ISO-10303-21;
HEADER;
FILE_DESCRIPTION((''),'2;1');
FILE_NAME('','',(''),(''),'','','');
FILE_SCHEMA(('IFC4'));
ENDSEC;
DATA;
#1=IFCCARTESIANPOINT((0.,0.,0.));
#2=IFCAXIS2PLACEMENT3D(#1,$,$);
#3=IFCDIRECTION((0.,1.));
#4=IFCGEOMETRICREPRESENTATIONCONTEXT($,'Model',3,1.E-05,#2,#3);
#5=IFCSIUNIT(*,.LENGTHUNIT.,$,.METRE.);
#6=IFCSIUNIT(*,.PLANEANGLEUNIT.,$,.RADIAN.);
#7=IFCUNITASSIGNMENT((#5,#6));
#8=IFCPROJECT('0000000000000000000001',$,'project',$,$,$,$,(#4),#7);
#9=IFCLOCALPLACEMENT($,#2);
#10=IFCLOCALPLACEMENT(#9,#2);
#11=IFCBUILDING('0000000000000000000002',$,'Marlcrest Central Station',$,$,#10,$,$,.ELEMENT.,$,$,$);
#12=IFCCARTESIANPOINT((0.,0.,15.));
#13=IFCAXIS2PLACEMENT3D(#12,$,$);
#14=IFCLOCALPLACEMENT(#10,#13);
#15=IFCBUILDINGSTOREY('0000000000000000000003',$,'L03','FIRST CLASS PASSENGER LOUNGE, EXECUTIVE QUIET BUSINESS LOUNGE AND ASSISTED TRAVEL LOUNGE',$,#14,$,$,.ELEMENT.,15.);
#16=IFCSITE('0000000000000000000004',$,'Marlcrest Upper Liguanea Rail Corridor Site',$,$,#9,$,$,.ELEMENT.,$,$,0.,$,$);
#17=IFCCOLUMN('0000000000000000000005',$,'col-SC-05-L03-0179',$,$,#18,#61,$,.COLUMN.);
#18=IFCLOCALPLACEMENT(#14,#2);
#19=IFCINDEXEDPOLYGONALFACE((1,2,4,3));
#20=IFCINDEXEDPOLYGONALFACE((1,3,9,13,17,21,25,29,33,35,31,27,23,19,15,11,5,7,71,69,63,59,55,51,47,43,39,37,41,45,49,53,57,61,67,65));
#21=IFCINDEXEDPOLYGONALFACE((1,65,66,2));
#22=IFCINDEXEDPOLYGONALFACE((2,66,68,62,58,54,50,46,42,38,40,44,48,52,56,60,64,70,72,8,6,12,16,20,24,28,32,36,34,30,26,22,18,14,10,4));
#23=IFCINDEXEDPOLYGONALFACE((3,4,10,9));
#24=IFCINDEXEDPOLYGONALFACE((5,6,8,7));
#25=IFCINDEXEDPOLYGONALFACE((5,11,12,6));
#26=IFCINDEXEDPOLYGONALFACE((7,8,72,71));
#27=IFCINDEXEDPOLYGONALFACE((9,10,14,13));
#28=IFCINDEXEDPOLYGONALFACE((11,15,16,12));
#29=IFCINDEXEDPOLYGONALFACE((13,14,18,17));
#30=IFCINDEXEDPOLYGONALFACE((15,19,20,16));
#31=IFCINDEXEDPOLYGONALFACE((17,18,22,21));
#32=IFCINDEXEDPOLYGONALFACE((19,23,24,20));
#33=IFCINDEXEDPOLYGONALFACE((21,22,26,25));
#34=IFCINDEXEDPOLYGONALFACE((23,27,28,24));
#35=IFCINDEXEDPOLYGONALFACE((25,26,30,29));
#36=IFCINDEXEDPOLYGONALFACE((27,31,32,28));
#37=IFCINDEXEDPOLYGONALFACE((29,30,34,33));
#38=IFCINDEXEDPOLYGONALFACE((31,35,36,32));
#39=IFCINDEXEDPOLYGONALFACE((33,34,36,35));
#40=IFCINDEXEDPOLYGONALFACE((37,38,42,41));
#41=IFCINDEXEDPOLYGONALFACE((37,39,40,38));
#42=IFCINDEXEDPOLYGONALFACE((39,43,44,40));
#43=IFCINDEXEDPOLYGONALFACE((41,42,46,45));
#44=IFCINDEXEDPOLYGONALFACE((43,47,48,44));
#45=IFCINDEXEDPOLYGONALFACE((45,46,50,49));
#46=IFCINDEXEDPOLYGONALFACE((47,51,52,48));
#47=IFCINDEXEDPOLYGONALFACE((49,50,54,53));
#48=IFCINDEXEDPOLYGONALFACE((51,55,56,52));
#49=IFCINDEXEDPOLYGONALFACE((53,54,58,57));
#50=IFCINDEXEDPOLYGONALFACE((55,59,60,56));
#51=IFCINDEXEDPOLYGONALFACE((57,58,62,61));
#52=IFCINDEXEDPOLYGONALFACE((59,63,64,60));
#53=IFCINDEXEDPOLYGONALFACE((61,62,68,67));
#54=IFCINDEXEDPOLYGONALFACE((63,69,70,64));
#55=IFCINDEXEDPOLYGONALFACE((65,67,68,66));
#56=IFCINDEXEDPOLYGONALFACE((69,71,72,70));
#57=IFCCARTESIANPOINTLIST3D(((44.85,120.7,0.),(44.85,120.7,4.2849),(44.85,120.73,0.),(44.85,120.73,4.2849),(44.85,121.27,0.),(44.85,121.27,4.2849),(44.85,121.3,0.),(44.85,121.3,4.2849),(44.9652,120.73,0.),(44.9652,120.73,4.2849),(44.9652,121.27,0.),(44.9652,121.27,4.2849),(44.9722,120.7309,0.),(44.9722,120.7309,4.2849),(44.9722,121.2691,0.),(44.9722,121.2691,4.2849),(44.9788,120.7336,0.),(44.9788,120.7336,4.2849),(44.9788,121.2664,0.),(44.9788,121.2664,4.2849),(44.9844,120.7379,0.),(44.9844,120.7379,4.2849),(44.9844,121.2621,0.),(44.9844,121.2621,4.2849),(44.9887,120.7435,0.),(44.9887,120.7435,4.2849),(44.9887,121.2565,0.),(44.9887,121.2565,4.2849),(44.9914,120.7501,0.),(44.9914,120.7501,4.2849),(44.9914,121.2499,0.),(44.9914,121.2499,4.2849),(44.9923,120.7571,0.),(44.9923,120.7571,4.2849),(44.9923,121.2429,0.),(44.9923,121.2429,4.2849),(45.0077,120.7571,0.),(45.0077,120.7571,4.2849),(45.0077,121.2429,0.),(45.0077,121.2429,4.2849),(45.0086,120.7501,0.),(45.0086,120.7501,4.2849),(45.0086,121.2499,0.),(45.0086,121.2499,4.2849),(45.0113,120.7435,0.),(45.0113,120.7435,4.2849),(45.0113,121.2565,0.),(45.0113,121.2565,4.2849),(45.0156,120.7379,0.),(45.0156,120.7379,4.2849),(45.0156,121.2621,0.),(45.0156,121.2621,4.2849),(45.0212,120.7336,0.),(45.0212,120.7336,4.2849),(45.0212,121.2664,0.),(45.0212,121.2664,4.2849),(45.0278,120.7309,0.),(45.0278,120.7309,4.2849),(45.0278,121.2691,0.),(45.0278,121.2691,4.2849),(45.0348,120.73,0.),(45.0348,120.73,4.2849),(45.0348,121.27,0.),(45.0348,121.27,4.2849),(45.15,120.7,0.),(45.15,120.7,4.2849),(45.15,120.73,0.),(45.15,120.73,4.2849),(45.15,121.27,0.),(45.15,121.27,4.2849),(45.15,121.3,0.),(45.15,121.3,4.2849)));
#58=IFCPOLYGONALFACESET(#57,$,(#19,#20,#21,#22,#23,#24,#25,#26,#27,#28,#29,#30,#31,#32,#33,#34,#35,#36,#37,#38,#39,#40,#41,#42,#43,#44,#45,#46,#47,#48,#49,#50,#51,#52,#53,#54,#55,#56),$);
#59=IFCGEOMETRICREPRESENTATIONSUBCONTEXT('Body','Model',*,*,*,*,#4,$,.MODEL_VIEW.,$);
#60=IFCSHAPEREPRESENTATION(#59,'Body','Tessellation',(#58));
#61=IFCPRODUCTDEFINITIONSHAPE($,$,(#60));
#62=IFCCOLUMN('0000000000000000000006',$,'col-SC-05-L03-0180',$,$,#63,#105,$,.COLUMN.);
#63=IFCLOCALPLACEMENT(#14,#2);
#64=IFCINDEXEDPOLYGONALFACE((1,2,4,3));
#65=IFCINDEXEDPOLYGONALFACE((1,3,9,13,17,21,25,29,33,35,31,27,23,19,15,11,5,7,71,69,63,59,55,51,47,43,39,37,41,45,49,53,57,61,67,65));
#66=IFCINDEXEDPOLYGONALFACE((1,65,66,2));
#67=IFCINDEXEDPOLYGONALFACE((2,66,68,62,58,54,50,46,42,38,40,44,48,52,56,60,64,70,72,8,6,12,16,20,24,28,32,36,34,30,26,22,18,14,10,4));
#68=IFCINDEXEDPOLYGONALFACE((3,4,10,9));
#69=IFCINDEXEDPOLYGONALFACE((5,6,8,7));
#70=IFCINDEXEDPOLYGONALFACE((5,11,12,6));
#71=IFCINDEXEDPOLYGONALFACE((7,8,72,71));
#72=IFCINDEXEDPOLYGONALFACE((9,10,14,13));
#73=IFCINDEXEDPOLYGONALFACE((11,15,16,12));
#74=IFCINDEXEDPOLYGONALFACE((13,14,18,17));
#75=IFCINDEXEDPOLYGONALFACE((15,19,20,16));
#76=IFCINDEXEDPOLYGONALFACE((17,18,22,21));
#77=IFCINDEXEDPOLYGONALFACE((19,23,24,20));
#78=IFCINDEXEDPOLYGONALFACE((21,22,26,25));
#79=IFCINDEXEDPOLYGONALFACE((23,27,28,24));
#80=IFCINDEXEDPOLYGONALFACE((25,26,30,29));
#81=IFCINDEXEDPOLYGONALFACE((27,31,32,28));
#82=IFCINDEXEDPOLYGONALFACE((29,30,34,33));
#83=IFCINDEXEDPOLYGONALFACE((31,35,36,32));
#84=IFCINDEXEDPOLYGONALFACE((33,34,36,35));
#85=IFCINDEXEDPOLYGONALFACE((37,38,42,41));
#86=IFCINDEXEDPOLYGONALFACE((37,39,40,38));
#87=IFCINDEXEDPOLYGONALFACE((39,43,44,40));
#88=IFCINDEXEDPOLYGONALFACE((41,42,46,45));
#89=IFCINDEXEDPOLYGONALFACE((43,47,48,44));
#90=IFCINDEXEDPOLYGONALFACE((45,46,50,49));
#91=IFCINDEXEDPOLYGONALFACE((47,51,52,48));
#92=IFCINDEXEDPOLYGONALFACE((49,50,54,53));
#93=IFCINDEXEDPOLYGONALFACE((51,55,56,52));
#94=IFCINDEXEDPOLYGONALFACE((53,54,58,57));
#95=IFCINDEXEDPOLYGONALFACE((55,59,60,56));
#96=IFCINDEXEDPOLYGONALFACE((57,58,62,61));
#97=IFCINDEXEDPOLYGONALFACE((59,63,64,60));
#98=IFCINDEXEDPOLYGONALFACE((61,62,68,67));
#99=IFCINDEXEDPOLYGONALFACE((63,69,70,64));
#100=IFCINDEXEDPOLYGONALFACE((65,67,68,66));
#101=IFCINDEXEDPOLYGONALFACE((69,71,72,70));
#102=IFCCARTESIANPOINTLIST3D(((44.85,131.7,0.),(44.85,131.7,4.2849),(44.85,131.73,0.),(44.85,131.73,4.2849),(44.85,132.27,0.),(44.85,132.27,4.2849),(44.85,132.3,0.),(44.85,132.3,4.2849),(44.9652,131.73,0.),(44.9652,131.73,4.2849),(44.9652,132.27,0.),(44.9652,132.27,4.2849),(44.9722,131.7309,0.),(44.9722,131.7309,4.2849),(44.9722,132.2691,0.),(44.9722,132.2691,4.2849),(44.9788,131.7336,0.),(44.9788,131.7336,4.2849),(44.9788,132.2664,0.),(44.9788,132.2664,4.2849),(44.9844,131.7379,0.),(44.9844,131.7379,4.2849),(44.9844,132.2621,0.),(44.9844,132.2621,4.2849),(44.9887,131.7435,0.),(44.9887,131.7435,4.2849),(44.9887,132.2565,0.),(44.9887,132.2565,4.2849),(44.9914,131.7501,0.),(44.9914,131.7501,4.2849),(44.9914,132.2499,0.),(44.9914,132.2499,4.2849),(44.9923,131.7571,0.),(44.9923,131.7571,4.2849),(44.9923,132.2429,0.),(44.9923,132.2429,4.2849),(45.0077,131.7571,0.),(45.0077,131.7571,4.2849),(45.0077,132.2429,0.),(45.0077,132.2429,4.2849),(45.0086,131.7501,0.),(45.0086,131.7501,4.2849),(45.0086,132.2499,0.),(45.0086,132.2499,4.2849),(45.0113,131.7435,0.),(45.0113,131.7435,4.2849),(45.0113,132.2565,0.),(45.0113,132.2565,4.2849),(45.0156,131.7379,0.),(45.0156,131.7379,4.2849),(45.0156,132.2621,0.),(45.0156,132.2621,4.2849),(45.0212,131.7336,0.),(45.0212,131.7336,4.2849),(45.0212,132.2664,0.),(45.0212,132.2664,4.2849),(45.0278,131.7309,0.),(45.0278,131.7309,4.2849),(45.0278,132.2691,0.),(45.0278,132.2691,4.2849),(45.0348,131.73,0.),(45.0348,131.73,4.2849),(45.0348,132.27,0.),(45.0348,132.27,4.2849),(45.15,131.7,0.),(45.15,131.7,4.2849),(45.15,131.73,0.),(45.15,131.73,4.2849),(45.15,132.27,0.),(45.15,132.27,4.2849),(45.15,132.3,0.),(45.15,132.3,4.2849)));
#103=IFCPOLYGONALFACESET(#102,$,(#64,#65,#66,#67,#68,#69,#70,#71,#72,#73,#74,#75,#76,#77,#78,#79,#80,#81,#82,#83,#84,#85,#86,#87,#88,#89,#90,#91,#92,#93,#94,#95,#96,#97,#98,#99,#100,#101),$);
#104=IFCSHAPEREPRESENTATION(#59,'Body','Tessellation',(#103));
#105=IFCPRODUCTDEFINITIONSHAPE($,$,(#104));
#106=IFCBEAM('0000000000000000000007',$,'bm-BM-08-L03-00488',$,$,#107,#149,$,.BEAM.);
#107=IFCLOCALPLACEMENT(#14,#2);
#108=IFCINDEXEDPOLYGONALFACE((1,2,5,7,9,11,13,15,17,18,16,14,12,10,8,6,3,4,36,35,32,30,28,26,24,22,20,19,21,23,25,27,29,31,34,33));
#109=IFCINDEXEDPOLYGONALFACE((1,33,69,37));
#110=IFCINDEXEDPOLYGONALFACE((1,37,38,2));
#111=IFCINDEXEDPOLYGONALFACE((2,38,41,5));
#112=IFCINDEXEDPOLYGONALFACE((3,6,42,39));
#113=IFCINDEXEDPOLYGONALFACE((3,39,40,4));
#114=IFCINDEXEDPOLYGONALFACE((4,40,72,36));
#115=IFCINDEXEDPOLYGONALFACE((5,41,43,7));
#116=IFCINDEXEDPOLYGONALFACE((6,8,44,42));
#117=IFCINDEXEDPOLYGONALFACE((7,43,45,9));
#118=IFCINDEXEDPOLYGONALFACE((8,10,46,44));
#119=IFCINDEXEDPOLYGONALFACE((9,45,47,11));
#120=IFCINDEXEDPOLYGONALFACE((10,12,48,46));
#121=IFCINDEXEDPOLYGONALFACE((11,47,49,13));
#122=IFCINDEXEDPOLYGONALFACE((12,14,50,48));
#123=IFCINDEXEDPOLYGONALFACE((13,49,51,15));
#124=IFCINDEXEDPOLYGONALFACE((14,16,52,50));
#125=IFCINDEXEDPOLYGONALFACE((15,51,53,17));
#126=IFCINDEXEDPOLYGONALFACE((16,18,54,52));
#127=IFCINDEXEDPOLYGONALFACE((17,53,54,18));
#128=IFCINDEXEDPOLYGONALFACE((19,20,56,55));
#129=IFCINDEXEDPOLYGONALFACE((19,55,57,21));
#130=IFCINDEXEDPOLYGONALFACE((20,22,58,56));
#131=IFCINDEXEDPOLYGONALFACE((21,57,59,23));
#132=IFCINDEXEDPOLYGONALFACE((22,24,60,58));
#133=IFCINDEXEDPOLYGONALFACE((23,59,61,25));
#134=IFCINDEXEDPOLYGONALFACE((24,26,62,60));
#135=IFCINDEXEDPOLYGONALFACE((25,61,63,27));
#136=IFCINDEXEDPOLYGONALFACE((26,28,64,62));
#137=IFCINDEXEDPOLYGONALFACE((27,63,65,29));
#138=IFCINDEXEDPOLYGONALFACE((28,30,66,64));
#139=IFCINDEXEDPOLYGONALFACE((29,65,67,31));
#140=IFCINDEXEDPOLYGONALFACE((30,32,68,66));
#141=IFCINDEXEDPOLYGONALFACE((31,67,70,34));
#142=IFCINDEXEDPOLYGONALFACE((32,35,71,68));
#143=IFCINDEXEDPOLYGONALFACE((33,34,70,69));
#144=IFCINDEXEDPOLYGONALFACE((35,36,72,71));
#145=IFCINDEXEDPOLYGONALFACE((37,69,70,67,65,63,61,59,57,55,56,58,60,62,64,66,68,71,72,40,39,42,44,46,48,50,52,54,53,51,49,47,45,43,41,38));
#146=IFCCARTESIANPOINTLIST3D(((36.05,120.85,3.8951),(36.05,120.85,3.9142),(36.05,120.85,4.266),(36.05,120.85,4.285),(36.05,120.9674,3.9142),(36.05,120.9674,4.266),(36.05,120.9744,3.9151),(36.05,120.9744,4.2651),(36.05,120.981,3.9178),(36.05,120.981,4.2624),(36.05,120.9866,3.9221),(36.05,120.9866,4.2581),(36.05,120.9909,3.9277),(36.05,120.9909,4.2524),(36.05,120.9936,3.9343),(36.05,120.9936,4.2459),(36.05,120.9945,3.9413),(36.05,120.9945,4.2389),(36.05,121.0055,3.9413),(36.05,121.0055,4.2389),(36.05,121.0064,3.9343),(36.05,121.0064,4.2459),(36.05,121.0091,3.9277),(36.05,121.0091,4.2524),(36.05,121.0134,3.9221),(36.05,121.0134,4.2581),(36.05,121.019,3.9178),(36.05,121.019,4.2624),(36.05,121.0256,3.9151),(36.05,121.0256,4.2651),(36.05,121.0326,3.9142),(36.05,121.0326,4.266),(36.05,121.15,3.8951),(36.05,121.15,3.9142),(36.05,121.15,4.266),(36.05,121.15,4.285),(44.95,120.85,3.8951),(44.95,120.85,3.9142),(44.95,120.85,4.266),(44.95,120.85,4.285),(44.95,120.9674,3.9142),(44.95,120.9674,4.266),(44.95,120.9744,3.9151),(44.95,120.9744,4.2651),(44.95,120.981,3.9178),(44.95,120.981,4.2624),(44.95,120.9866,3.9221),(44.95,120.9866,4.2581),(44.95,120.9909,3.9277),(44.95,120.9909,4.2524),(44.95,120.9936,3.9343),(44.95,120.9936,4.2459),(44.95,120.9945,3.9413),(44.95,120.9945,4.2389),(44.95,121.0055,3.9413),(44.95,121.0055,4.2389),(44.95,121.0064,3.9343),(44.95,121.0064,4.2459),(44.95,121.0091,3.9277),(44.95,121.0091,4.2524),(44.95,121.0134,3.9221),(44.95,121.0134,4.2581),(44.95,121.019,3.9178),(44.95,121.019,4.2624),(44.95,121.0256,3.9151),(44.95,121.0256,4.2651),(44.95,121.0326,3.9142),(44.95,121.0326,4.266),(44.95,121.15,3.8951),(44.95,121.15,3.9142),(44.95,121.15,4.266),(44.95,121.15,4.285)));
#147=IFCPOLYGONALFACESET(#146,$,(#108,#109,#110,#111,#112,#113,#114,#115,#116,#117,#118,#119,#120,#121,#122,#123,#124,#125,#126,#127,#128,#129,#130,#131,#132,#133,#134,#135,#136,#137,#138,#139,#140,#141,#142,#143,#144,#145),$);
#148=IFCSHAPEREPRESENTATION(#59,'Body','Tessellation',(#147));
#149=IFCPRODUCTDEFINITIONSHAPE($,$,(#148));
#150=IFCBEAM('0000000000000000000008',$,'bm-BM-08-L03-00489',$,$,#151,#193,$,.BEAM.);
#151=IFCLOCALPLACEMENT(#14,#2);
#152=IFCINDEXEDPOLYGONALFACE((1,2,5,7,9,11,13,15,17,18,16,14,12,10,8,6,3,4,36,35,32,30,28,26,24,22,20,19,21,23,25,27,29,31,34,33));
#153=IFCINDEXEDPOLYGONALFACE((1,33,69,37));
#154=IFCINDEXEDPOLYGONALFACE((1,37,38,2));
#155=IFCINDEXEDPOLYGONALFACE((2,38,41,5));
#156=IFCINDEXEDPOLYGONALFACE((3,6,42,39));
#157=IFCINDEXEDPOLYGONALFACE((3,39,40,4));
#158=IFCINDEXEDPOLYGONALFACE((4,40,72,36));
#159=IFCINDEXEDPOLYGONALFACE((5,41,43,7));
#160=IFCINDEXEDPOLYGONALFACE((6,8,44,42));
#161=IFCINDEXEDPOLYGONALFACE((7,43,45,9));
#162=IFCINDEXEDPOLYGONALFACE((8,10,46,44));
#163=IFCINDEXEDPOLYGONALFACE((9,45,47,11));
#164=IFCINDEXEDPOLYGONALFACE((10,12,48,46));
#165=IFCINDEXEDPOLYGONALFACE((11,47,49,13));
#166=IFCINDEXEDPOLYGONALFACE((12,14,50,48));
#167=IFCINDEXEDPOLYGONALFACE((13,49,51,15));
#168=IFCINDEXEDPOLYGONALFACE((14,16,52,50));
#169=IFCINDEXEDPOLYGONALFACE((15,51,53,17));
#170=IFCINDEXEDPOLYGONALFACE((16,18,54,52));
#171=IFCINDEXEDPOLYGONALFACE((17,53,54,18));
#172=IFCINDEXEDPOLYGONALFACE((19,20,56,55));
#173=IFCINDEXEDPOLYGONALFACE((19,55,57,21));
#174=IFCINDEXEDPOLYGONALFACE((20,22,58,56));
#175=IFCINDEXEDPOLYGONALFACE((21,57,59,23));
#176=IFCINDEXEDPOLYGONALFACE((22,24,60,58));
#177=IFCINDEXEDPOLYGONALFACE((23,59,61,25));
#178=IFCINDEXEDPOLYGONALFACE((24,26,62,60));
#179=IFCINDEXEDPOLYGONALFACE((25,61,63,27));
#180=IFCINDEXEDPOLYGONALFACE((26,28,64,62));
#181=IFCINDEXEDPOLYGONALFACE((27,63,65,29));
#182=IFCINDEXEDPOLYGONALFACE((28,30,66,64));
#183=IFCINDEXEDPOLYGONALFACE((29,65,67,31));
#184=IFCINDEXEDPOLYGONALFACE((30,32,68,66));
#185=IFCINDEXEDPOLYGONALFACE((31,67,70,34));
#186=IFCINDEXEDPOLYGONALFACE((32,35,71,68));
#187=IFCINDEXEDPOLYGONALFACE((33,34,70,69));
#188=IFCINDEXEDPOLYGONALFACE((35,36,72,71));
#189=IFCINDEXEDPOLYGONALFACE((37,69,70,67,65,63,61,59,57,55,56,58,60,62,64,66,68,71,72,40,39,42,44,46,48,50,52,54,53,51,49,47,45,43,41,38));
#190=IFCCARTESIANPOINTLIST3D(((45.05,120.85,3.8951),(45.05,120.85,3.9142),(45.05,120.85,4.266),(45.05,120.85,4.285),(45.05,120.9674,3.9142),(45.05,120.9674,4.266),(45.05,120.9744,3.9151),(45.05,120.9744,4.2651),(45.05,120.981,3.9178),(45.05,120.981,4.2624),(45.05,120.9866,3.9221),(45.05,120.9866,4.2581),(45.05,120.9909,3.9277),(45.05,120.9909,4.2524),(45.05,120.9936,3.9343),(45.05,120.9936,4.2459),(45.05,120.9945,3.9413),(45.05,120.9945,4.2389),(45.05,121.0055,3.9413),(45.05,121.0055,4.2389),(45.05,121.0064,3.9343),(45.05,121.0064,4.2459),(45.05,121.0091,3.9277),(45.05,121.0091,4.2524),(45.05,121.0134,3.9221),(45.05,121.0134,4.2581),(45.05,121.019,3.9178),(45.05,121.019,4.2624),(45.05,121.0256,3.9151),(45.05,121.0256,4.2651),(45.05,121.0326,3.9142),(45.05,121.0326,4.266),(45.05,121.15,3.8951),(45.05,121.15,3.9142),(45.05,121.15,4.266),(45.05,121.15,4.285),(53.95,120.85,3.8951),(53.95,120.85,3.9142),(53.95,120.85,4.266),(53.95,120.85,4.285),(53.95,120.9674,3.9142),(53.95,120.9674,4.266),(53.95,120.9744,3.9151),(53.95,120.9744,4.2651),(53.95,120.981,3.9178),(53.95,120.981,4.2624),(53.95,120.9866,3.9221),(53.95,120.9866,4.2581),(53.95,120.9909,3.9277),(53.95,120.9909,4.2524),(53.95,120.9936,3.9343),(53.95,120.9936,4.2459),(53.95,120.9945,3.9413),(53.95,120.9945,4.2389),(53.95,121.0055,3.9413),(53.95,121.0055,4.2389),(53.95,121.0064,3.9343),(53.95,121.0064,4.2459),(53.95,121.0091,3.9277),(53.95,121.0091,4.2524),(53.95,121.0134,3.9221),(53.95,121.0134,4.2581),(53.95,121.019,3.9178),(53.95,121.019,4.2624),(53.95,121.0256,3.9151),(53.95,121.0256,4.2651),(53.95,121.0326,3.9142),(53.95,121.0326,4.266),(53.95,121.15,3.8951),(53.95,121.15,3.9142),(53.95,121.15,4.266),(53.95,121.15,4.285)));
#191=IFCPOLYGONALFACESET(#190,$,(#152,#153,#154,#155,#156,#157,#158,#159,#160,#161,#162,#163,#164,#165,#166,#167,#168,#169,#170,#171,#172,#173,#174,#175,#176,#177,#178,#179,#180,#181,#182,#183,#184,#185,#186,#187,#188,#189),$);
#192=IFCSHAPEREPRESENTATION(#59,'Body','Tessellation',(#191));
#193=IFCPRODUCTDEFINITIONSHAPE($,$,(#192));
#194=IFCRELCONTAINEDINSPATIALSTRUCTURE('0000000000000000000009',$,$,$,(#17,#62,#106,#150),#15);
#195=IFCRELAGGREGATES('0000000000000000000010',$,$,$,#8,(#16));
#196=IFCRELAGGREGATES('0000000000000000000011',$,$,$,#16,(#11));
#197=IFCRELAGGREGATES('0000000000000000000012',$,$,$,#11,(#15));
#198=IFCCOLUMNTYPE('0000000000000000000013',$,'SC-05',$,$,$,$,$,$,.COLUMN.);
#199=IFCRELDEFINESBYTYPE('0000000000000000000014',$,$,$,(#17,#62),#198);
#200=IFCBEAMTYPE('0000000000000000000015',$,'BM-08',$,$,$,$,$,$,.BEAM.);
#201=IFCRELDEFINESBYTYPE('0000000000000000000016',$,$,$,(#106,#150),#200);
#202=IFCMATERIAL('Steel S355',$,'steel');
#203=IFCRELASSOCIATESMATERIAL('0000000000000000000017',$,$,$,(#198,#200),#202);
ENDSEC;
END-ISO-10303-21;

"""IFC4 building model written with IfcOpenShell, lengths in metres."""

from ifc_helpers import new_model, si_unit, direction, frame, origin, origin_2d, place, context, subcontext, project, spatial, i_section, extrude, material, material_profile, profile_set, type_object, element, save


model = new_model("IFC4")

# Units and contexts
model_context = context("Model", 3, precision=1e-05, world=origin(), true_north=direction((0.0, 1.0)))
body_context = subcontext(model_context, "Body", "Model", "MODEL_VIEW")
ifc_project = project(units=[si_unit("LENGTHUNIT", "METRE"), si_unit("PLANEANGLEUNIT", "RADIAN")], contexts=[model_context])

# Site, building, storey
site_placement = place(None, origin())
site = spatial("IfcSite", under=ifc_project, at=site_placement, Name="Marlcrest Upper Liguanea Rail Corridor Site", CompositionType="ELEMENT", RefElevation=0.0)
building_placement = place(site_placement, origin())
building = spatial("IfcBuilding", under=site, at=building_placement, Name="Marlcrest Central Station", CompositionType="ELEMENT")
storey_placement = place(building_placement, frame((0.0, 0.0, 15.0)))
storey = spatial("IfcBuildingStorey", under=building, at=storey_placement, Name="L03", Description="FIRST CLASS PASSENGER LOUNGE, EXECUTIVE QUIET BUSINESS LOUNGE AND ASSISTED TRAVEL LOUNGE", CompositionType="ELEMENT", Elevation=15.0)

# Columns
ifc_material_1 = material(Name="Steel S355", Category="steel")
ifc_material_profile_1 = material_profile(ifc_material_1, i_section(OverallWidth=0.3, OverallDepth=0.6001, WebThickness=0.0154, FlangeThickness=0.03, FilletRadius=0.0271, at=origin_2d()), Name="HEB 600")
ifc_profile_set_1 = profile_set([ifc_material_profile_1], Name="Steel S355")
column_type = type_object("IfcColumnType", Name="SC-05", PredefinedType="COLUMN", material=ifc_profile_set_1)
for number, where, z_axis, x_axis, name in (
    (1, (45.0, 121.0, 0.0), (0.0, 0.0, 1.0), (1.0, 0.0, 0.0), "col-SC-05-L03-0179"),
    (2, (45.0, 132.0, 0.0), (0.0, 0.0, 1.0), (1.0, 0.0, 0.0), "col-SC-05-L03-0180"),
):
    element("IfcColumn", number, at=place(storey_placement, frame(where, z_axis=z_axis, x_axis=x_axis)), inside=storey, type_object=column_type, Name=name, PredefinedType="COLUMN", context=body_context, shape_type="SweptSolid", body=[
        extrude(i_section(OverallWidth=0.3, OverallDepth=0.6001, WebThickness=0.0154, FlangeThickness=0.03, FilletRadius=0.0271, at=origin_2d()), origin(), (0.0, 0.0, 1.0), 4.2849),
    ])

# Beams
ifc_material_profile_2 = material_profile(ifc_material_1, i_section(OverallWidth=0.3, OverallDepth=0.3899, WebThickness=0.011, FlangeThickness=0.019, FilletRadius=0.0271, at=origin_2d()), Name="HEA 400")
ifc_profile_set_2 = profile_set([ifc_material_profile_2], Name="Steel S355")
beam_type_1 = type_object("IfcBeamType", Name="BM-08", PredefinedType="BEAM", material=ifc_profile_set_2)
for number, where, z_axis, x_axis, name in (
    (3, (36.05, 121.0, 4.0901), (1.0, 0.0, 0.0), (0.0, 1.0, 0.0), "bm-BM-08-L03-00488"),
    (4, (45.05, 121.0, 4.0901), (1.0, 0.0, 0.0), (0.0, 1.0, 0.0), "bm-BM-08-L03-00489"),
):
    element("IfcBeam", number, at=place(storey_placement, frame(where, z_axis=z_axis, x_axis=x_axis)), inside=storey, type_object=beam_type_1, Name=name, PredefinedType="BEAM", context=body_context, shape_type="SweptSolid", body=[
        extrude(i_section(OverallWidth=0.3, OverallDepth=0.3899, WebThickness=0.011, FlangeThickness=0.019, FilletRadius=0.0271, at=origin_2d()), origin(), (0.0, 0.0, 1.0), 8.8999),
    ])

save(model, "model.ifc")
